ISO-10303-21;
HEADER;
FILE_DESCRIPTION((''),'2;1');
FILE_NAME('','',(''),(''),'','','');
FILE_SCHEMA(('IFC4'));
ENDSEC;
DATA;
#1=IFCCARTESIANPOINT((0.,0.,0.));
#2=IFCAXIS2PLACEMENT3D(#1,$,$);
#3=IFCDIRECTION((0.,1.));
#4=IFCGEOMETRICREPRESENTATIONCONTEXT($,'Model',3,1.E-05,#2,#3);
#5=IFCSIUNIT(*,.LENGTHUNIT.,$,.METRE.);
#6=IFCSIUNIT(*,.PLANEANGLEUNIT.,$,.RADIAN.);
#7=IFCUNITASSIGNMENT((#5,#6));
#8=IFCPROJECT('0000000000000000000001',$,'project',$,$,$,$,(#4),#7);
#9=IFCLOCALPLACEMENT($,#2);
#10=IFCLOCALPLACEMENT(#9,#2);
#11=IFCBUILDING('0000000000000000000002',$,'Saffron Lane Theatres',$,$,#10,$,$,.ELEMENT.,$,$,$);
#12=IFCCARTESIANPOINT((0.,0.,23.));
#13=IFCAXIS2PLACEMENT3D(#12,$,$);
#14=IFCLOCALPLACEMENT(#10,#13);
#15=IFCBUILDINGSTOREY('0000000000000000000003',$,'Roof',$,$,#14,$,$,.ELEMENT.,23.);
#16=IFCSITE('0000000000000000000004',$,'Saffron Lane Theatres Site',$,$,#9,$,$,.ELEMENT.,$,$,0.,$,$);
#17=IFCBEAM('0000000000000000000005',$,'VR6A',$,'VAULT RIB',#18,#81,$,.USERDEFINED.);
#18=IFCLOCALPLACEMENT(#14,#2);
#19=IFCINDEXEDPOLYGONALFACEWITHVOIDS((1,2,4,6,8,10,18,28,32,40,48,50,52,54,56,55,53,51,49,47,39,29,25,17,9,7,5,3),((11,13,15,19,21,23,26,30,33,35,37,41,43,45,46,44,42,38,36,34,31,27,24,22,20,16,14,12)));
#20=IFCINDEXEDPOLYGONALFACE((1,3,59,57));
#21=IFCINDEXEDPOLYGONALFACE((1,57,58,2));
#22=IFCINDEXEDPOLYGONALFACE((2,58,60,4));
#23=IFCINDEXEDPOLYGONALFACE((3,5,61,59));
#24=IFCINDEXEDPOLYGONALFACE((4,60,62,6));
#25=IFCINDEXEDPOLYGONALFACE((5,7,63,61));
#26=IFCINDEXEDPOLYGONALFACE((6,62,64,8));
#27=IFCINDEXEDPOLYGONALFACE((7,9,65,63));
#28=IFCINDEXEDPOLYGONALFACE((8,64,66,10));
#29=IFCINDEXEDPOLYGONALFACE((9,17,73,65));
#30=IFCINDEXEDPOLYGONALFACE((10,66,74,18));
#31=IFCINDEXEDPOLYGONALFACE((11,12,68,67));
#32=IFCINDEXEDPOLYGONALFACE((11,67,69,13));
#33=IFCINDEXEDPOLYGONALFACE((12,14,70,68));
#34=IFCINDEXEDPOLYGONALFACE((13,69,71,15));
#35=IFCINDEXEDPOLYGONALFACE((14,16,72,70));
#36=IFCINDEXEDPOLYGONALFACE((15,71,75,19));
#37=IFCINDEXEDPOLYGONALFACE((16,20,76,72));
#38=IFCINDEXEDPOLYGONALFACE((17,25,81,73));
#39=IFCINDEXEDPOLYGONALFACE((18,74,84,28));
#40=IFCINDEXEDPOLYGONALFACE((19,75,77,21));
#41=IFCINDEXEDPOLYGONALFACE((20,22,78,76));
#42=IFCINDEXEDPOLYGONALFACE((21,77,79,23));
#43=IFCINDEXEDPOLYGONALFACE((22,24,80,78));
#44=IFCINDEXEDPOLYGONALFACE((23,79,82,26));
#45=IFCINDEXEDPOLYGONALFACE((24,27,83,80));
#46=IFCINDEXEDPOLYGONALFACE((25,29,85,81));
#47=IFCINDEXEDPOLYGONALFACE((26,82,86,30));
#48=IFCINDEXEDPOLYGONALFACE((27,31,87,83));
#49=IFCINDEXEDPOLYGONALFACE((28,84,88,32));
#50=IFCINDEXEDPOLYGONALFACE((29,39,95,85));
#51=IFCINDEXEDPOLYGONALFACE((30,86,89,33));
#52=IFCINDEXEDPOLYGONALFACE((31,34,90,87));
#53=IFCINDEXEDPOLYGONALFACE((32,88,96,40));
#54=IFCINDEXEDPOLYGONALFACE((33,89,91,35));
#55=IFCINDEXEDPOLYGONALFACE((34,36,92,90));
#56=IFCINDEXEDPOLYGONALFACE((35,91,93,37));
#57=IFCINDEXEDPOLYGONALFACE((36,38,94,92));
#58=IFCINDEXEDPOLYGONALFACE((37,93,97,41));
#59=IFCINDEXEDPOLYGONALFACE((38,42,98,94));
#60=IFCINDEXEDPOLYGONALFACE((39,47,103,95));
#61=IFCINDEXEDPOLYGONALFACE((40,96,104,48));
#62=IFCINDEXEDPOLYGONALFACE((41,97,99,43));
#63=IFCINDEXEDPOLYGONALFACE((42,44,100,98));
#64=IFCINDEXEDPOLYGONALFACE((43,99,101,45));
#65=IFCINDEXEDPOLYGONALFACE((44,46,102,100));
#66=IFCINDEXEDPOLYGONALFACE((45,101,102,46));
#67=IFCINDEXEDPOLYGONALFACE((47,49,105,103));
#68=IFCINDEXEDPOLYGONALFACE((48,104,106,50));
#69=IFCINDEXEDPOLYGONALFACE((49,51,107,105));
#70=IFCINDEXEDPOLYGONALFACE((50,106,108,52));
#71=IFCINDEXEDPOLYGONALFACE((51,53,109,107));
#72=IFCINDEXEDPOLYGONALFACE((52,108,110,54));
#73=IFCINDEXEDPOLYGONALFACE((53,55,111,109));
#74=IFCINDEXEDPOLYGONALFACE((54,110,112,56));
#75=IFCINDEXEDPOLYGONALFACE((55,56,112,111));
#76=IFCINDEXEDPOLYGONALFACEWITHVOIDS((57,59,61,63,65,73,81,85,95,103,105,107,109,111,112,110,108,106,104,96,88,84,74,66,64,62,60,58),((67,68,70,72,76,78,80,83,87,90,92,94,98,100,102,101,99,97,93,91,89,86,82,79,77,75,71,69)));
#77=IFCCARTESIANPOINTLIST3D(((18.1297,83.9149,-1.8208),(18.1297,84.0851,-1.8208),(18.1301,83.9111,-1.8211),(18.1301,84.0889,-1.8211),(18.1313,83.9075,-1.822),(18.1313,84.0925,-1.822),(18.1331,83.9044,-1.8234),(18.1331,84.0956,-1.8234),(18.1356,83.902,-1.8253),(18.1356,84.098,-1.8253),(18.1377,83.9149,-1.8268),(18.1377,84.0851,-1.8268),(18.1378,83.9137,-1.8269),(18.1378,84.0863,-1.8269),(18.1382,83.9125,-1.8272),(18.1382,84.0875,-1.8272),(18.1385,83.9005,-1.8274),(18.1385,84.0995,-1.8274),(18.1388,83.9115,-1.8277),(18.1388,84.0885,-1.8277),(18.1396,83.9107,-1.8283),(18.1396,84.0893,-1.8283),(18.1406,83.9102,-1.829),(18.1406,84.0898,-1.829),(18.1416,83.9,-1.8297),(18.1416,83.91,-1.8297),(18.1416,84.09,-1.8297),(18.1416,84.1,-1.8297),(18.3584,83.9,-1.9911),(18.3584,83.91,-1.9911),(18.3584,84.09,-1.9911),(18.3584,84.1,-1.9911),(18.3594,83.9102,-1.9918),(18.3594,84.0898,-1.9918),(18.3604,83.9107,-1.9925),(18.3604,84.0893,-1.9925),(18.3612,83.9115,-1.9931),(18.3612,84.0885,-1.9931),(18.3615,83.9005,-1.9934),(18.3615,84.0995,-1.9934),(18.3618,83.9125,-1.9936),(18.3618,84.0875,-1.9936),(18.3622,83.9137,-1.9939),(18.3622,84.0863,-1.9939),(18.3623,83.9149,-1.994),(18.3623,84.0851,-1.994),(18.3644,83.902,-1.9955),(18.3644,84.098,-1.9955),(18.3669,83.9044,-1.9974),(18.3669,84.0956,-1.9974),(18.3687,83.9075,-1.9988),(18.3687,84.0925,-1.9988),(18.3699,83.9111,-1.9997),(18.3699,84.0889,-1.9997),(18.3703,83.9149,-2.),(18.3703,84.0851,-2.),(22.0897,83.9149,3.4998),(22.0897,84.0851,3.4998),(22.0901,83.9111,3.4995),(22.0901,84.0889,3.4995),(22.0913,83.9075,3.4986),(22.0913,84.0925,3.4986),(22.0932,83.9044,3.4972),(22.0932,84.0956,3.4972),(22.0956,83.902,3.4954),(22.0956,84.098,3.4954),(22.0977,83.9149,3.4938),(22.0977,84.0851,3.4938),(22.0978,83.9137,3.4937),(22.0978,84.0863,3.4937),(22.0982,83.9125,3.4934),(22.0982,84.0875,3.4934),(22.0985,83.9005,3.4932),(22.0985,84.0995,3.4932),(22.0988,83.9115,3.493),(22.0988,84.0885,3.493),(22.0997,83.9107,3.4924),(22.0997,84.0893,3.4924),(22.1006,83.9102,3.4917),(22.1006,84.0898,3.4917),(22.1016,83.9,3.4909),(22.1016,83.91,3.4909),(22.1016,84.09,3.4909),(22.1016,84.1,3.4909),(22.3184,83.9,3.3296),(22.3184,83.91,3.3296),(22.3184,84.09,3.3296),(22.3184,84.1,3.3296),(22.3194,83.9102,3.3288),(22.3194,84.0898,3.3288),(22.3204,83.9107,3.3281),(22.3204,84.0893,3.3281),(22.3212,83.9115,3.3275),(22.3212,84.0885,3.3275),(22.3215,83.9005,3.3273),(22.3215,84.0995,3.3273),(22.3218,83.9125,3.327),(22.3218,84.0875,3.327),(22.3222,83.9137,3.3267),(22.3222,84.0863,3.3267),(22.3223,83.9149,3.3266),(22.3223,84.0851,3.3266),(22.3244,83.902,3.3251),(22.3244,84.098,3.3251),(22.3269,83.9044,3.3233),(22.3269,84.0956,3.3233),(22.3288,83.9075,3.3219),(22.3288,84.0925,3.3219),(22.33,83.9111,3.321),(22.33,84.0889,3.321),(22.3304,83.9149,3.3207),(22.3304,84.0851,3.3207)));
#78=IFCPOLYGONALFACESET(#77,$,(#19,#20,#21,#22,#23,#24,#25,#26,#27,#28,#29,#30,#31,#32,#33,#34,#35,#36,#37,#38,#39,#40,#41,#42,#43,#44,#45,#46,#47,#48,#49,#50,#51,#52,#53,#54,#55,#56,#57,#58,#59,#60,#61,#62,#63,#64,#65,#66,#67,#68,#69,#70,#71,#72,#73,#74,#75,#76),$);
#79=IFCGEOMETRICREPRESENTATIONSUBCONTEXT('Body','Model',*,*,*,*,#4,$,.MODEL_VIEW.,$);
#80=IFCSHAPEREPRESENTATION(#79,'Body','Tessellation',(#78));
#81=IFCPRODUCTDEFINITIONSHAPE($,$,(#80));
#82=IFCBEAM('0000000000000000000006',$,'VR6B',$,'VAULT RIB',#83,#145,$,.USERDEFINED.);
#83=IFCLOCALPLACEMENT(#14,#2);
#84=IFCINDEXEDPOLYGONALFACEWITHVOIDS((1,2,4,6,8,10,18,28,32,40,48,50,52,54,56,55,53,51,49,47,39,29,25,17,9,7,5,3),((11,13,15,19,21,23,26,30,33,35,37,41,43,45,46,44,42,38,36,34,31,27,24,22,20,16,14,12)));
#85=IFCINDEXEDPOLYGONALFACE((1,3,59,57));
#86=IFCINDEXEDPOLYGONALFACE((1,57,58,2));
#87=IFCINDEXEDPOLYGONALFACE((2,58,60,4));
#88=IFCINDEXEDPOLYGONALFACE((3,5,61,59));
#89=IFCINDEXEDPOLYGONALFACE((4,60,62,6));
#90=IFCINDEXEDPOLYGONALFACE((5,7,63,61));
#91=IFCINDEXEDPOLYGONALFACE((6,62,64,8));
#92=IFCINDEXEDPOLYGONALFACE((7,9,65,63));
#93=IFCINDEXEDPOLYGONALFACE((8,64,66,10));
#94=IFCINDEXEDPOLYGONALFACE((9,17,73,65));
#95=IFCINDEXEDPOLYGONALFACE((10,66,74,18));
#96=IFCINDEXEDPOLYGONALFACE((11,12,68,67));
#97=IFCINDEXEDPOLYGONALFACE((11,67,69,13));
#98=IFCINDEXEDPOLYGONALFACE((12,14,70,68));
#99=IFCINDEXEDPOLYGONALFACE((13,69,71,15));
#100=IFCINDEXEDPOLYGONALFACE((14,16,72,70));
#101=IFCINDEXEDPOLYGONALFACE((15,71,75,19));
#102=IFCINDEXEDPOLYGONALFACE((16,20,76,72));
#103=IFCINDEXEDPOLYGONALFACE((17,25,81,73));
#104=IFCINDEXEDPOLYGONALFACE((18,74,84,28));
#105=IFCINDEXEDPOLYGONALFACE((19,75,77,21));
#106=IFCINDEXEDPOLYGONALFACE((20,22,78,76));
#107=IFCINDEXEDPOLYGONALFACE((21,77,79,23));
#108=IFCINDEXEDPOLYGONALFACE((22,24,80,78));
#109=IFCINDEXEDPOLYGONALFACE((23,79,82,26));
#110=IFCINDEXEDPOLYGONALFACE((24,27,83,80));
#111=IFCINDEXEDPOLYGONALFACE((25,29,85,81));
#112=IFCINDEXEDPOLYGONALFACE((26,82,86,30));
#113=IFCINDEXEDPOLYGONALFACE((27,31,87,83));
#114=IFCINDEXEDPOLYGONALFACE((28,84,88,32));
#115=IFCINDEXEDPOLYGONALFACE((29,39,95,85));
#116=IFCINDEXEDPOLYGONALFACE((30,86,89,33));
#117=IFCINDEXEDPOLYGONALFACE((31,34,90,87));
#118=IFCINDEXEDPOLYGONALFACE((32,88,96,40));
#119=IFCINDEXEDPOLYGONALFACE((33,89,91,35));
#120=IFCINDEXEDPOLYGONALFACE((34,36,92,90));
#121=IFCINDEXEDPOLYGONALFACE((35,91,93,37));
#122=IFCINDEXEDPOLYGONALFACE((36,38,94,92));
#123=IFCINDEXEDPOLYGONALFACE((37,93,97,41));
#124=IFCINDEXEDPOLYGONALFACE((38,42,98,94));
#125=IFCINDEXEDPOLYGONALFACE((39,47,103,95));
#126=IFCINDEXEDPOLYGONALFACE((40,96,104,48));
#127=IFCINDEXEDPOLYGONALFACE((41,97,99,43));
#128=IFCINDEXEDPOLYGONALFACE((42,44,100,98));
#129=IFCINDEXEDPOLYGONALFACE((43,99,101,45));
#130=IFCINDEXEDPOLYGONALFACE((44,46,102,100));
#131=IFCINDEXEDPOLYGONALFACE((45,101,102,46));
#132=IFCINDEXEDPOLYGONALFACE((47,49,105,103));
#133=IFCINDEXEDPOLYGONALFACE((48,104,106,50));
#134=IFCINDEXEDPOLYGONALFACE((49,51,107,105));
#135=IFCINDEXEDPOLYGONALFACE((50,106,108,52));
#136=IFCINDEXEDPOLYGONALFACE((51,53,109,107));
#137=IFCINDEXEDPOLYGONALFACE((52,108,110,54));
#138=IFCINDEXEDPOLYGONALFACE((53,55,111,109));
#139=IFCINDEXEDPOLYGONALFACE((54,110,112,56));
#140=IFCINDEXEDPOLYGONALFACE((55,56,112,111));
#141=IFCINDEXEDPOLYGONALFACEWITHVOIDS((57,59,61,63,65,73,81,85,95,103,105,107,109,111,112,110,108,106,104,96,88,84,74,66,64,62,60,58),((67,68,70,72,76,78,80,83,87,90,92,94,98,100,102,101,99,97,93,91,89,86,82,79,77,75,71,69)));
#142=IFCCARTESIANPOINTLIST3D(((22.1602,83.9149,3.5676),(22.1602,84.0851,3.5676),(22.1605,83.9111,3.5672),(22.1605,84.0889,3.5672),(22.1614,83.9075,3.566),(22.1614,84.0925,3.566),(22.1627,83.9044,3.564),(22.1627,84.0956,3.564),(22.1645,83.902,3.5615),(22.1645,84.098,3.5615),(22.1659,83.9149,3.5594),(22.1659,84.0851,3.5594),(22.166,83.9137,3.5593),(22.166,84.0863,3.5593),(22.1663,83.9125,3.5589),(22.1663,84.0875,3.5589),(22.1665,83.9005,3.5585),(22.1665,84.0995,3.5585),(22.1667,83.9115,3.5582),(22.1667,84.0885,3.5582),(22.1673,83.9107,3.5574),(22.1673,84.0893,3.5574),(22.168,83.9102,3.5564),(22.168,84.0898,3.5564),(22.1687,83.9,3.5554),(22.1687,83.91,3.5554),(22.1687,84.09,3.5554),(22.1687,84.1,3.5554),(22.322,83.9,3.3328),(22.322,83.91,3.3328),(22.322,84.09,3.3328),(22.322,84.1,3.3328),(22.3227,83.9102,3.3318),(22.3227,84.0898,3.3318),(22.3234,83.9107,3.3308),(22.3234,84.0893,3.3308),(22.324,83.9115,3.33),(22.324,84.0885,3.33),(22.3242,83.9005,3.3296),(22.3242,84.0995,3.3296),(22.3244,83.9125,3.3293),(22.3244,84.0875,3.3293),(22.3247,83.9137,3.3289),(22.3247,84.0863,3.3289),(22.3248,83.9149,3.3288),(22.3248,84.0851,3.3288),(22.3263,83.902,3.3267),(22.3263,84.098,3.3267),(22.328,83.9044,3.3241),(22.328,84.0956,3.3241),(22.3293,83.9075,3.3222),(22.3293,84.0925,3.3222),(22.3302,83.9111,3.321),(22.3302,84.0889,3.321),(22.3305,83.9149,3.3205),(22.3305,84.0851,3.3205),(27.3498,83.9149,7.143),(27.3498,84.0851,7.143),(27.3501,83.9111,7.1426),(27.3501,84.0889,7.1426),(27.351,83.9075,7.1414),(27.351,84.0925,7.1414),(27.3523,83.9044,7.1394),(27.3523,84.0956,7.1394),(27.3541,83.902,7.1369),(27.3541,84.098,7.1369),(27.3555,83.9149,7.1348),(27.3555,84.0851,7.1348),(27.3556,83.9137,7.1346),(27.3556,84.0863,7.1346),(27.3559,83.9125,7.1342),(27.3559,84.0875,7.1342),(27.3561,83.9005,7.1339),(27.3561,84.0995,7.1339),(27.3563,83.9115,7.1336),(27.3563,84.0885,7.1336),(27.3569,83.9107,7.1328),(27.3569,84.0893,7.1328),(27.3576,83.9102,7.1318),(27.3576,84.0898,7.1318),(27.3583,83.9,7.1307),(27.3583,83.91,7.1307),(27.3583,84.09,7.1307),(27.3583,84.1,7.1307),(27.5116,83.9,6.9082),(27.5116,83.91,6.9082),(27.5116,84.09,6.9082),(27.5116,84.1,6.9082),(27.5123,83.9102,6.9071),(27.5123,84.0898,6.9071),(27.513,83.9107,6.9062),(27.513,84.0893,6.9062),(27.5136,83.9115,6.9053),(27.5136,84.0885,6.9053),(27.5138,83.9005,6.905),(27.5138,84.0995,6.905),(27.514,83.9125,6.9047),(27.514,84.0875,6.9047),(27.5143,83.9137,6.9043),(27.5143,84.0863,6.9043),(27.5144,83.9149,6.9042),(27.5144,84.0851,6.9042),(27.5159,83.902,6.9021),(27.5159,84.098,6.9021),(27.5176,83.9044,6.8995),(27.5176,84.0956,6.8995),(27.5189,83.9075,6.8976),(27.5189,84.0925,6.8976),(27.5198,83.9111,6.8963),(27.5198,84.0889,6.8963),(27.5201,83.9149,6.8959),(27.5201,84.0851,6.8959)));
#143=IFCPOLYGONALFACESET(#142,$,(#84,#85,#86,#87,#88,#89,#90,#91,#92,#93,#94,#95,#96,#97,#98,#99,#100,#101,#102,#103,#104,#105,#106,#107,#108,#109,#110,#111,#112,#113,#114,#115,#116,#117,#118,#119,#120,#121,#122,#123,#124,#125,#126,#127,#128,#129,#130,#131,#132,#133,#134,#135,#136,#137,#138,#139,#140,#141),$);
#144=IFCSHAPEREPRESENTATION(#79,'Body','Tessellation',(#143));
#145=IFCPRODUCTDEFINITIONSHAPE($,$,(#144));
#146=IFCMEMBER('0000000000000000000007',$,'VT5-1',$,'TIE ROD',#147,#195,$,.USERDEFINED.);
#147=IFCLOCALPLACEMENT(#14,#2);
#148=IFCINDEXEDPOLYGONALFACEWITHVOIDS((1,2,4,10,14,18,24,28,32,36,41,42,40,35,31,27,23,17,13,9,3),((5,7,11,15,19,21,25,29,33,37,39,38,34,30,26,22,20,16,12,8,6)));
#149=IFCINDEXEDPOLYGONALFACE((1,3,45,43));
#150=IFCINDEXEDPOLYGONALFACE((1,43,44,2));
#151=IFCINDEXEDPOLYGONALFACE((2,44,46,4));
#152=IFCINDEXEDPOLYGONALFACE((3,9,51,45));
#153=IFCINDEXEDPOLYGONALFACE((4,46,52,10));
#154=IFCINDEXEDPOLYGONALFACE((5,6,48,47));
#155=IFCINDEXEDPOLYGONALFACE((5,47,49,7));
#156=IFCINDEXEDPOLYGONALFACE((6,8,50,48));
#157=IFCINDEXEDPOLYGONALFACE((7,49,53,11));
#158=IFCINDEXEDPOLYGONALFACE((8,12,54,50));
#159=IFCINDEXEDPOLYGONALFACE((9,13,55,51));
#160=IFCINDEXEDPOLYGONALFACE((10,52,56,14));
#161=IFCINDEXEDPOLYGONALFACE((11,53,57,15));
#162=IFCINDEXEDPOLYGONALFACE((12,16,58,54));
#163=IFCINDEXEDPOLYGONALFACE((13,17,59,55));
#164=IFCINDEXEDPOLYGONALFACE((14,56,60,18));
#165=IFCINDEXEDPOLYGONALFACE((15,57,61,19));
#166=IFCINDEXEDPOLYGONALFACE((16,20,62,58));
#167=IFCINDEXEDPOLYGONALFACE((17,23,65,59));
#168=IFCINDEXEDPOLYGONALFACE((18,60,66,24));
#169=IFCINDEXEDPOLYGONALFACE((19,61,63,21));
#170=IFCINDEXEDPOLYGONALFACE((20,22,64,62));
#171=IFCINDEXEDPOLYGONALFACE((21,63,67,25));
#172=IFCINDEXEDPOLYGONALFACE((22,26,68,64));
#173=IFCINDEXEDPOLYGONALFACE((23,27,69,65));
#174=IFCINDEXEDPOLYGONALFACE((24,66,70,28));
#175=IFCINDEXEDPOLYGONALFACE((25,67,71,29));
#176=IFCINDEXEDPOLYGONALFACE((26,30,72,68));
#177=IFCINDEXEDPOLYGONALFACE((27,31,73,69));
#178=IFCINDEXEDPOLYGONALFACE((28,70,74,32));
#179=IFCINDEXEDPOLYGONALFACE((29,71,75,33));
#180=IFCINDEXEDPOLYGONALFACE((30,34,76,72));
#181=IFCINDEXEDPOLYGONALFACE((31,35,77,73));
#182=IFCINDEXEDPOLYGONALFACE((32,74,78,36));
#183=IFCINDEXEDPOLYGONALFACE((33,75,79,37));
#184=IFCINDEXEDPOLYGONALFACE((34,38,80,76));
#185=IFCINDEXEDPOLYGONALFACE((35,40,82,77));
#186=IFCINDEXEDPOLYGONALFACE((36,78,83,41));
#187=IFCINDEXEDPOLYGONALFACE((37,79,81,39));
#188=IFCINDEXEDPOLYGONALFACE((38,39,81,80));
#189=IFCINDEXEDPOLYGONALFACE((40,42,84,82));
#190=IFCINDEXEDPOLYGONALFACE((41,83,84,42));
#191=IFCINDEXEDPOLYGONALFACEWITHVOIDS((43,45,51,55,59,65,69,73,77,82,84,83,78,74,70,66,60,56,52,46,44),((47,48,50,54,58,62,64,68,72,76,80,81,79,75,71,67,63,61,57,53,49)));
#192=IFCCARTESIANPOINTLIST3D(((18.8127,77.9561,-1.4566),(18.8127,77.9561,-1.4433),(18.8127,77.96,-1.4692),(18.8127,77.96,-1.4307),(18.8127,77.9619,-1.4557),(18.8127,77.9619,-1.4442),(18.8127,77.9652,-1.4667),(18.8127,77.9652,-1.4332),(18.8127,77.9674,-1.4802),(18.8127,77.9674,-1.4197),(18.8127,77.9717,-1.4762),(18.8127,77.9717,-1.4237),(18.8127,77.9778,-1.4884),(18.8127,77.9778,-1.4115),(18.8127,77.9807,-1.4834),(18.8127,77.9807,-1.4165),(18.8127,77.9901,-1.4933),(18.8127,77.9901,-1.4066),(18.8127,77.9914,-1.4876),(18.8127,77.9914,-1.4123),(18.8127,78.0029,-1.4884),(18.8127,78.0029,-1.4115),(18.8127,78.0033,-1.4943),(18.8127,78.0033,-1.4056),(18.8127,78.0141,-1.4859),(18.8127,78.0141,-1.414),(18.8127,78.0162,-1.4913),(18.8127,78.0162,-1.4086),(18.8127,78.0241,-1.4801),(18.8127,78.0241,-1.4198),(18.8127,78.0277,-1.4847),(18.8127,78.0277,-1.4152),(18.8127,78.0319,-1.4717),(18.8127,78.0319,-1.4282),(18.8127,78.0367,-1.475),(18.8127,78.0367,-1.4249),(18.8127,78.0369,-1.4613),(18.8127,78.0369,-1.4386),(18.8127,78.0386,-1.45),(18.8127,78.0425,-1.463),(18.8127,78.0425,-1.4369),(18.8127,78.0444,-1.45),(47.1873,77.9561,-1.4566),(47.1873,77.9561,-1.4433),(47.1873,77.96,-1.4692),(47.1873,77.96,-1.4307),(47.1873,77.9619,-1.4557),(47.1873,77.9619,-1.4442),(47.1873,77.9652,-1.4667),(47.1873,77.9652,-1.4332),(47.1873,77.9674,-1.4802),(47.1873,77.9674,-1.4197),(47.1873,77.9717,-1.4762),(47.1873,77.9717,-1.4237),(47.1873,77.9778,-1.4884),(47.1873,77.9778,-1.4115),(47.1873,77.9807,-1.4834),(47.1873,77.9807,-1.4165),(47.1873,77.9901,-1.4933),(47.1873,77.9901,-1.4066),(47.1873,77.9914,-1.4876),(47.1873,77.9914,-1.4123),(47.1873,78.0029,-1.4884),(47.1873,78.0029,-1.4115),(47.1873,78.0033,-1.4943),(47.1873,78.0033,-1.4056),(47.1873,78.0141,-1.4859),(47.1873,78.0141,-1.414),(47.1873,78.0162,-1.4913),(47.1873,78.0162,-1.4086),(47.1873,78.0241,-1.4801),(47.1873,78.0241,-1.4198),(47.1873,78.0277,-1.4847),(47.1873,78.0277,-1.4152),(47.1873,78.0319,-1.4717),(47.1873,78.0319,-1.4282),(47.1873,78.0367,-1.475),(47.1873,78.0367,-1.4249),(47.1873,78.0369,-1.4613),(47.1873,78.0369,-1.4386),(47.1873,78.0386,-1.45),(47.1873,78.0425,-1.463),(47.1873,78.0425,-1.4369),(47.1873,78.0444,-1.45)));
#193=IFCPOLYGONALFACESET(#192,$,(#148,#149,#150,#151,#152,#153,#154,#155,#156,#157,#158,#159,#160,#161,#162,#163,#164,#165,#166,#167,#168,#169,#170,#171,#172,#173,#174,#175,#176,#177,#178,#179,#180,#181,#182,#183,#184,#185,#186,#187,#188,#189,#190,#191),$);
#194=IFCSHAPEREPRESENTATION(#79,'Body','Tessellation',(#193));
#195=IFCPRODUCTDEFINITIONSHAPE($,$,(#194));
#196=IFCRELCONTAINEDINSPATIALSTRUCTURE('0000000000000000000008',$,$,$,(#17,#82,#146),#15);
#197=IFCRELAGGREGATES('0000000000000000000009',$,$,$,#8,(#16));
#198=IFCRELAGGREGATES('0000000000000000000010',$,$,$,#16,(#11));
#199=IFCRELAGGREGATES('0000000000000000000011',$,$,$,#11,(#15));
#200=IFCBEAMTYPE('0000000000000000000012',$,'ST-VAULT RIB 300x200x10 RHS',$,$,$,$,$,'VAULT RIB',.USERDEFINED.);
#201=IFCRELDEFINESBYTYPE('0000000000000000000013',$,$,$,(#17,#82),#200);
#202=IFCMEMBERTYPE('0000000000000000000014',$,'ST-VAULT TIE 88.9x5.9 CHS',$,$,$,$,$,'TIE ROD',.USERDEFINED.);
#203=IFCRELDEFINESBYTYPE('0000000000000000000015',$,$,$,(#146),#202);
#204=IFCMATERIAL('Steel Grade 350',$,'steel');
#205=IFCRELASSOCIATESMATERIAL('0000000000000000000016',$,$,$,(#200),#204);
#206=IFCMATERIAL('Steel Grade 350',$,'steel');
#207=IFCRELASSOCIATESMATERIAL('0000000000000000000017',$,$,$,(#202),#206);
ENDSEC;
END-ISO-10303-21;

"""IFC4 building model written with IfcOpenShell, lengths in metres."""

from ifc_helpers import new_model, si_unit, direction, frame, origin, origin_2d, place, context, subcontext, project, spatial, hollow_rectangle, hollow_circle, extrude, material, material_profile, profile_set, type_object, element, save


model = new_model("IFC4")

# Units and contexts
model_context = context("Model", 3, precision=1e-05, world=origin(), true_north=direction((0.0, 1.0)))
body_context = subcontext(model_context, "Body", "Model", "MODEL_VIEW")
ifc_project = project(units=[si_unit("LENGTHUNIT", "METRE"), si_unit("PLANEANGLEUNIT", "RADIAN")], contexts=[model_context])

# Site, building, storey
site_placement = place(None, origin())
site = spatial("IfcSite", under=ifc_project, at=site_placement, Name="Saffron Lane Theatres Site", CompositionType="ELEMENT", RefElevation=0.0)
building_placement = place(site_placement, origin())
building = spatial("IfcBuilding", under=site, at=building_placement, Name="Saffron Lane Theatres", CompositionType="ELEMENT")
storey_placement = place(building_placement, frame((0.0, 0.0, 23.0)))
storey = spatial("IfcBuildingStorey", under=building, at=storey_placement, Name="Roof", CompositionType="ELEMENT", Elevation=23.0)

# Beams
ifc_material_1 = material(Name="Steel Grade 350", Category="steel")
ifc_material_profile_1 = material_profile(ifc_material_1, hollow_rectangle(XDim=0.2, YDim=0.3, WallThickness=0.01, InnerFilletRadius=0.0049, OuterFilletRadius=0.0149, at=origin_2d()))
ifc_profile_set_1 = profile_set([ifc_material_profile_1], Name="Steel Grade 350")
beam_type = type_object("IfcBeamType", Name="ST-VAULT RIB 300x200x10 RHS", ElementType="VAULT RIB", PredefinedType="USERDEFINED", material=ifc_profile_set_1)
beam_1_placement = place(storey_placement, frame((18.25, 84.0, -1.9104), z_axis=(0.597057, 0.0, 0.802199), x_axis=(0.0, 1.0, 0.0)))
element("IfcBeam", 1, at=beam_1_placement, inside=storey, type_object=beam_type, Name="VR6A", ObjectType="VAULT RIB", PredefinedType="USERDEFINED", context=body_context, shape_type="SweptSolid", body=[
    extrude(hollow_rectangle(XDim=0.2, YDim=0.3, WallThickness=0.01, InnerFilletRadius=0.0049, OuterFilletRadius=0.0149, at=origin_2d()), origin(), (0.0, 0.0, 1.0), 6.6326),
])
beam_2_placement = place(storey_placement, frame((22.2454, 84.0, 3.4441), z_axis=(0.823484, 0.0, 0.567339), x_axis=(0.0, 1.0, 0.0)))
element("IfcBeam", 2, at=beam_2_placement, inside=storey, type_object=beam_type, Name="VR6B", ObjectType="VAULT RIB", PredefinedType="USERDEFINED", context=body_context, shape_type="SweptSolid", body=[
    extrude(hollow_rectangle(XDim=0.2, YDim=0.3, WallThickness=0.01, InnerFilletRadius=0.0049, OuterFilletRadius=0.0149, at=origin_2d()), origin(), (0.0, 0.0, 1.0), 6.302),
])

# Member
ifc_material_2 = material(Name="Steel Grade 350", Category="steel")
ifc_material_profile_2 = material_profile(ifc_material_2, hollow_circle(Radius=0.0444, WallThickness=0.0059, at=origin_2d()))
ifc_profile_set_2 = profile_set([ifc_material_profile_2], Name="Steel Grade 350")
member_type_1 = type_object("IfcMemberType", Name="ST-VAULT TIE 88.9x5.9 CHS", ElementType="TIE ROD", PredefinedType="USERDEFINED", material=ifc_profile_set_2)
member_1_placement = place(storey_placement, frame((18.8127, 78.0, -1.45), z_axis=(1.0, 0.0, 0.0), x_axis=(0.0, 1.0, 0.0)))
element("IfcMember", 3, at=member_1_placement, inside=storey, type_object=member_type_1, Name="VT5-1", ObjectType="TIE ROD", PredefinedType="USERDEFINED", context=body_context, shape_type="SweptSolid", body=[
    extrude(hollow_circle(Radius=0.0444, WallThickness=0.0059, at=origin_2d()), origin(), (0.0, 0.0, 1.0), 28.3745),
])

save(model, "model.ifc")
